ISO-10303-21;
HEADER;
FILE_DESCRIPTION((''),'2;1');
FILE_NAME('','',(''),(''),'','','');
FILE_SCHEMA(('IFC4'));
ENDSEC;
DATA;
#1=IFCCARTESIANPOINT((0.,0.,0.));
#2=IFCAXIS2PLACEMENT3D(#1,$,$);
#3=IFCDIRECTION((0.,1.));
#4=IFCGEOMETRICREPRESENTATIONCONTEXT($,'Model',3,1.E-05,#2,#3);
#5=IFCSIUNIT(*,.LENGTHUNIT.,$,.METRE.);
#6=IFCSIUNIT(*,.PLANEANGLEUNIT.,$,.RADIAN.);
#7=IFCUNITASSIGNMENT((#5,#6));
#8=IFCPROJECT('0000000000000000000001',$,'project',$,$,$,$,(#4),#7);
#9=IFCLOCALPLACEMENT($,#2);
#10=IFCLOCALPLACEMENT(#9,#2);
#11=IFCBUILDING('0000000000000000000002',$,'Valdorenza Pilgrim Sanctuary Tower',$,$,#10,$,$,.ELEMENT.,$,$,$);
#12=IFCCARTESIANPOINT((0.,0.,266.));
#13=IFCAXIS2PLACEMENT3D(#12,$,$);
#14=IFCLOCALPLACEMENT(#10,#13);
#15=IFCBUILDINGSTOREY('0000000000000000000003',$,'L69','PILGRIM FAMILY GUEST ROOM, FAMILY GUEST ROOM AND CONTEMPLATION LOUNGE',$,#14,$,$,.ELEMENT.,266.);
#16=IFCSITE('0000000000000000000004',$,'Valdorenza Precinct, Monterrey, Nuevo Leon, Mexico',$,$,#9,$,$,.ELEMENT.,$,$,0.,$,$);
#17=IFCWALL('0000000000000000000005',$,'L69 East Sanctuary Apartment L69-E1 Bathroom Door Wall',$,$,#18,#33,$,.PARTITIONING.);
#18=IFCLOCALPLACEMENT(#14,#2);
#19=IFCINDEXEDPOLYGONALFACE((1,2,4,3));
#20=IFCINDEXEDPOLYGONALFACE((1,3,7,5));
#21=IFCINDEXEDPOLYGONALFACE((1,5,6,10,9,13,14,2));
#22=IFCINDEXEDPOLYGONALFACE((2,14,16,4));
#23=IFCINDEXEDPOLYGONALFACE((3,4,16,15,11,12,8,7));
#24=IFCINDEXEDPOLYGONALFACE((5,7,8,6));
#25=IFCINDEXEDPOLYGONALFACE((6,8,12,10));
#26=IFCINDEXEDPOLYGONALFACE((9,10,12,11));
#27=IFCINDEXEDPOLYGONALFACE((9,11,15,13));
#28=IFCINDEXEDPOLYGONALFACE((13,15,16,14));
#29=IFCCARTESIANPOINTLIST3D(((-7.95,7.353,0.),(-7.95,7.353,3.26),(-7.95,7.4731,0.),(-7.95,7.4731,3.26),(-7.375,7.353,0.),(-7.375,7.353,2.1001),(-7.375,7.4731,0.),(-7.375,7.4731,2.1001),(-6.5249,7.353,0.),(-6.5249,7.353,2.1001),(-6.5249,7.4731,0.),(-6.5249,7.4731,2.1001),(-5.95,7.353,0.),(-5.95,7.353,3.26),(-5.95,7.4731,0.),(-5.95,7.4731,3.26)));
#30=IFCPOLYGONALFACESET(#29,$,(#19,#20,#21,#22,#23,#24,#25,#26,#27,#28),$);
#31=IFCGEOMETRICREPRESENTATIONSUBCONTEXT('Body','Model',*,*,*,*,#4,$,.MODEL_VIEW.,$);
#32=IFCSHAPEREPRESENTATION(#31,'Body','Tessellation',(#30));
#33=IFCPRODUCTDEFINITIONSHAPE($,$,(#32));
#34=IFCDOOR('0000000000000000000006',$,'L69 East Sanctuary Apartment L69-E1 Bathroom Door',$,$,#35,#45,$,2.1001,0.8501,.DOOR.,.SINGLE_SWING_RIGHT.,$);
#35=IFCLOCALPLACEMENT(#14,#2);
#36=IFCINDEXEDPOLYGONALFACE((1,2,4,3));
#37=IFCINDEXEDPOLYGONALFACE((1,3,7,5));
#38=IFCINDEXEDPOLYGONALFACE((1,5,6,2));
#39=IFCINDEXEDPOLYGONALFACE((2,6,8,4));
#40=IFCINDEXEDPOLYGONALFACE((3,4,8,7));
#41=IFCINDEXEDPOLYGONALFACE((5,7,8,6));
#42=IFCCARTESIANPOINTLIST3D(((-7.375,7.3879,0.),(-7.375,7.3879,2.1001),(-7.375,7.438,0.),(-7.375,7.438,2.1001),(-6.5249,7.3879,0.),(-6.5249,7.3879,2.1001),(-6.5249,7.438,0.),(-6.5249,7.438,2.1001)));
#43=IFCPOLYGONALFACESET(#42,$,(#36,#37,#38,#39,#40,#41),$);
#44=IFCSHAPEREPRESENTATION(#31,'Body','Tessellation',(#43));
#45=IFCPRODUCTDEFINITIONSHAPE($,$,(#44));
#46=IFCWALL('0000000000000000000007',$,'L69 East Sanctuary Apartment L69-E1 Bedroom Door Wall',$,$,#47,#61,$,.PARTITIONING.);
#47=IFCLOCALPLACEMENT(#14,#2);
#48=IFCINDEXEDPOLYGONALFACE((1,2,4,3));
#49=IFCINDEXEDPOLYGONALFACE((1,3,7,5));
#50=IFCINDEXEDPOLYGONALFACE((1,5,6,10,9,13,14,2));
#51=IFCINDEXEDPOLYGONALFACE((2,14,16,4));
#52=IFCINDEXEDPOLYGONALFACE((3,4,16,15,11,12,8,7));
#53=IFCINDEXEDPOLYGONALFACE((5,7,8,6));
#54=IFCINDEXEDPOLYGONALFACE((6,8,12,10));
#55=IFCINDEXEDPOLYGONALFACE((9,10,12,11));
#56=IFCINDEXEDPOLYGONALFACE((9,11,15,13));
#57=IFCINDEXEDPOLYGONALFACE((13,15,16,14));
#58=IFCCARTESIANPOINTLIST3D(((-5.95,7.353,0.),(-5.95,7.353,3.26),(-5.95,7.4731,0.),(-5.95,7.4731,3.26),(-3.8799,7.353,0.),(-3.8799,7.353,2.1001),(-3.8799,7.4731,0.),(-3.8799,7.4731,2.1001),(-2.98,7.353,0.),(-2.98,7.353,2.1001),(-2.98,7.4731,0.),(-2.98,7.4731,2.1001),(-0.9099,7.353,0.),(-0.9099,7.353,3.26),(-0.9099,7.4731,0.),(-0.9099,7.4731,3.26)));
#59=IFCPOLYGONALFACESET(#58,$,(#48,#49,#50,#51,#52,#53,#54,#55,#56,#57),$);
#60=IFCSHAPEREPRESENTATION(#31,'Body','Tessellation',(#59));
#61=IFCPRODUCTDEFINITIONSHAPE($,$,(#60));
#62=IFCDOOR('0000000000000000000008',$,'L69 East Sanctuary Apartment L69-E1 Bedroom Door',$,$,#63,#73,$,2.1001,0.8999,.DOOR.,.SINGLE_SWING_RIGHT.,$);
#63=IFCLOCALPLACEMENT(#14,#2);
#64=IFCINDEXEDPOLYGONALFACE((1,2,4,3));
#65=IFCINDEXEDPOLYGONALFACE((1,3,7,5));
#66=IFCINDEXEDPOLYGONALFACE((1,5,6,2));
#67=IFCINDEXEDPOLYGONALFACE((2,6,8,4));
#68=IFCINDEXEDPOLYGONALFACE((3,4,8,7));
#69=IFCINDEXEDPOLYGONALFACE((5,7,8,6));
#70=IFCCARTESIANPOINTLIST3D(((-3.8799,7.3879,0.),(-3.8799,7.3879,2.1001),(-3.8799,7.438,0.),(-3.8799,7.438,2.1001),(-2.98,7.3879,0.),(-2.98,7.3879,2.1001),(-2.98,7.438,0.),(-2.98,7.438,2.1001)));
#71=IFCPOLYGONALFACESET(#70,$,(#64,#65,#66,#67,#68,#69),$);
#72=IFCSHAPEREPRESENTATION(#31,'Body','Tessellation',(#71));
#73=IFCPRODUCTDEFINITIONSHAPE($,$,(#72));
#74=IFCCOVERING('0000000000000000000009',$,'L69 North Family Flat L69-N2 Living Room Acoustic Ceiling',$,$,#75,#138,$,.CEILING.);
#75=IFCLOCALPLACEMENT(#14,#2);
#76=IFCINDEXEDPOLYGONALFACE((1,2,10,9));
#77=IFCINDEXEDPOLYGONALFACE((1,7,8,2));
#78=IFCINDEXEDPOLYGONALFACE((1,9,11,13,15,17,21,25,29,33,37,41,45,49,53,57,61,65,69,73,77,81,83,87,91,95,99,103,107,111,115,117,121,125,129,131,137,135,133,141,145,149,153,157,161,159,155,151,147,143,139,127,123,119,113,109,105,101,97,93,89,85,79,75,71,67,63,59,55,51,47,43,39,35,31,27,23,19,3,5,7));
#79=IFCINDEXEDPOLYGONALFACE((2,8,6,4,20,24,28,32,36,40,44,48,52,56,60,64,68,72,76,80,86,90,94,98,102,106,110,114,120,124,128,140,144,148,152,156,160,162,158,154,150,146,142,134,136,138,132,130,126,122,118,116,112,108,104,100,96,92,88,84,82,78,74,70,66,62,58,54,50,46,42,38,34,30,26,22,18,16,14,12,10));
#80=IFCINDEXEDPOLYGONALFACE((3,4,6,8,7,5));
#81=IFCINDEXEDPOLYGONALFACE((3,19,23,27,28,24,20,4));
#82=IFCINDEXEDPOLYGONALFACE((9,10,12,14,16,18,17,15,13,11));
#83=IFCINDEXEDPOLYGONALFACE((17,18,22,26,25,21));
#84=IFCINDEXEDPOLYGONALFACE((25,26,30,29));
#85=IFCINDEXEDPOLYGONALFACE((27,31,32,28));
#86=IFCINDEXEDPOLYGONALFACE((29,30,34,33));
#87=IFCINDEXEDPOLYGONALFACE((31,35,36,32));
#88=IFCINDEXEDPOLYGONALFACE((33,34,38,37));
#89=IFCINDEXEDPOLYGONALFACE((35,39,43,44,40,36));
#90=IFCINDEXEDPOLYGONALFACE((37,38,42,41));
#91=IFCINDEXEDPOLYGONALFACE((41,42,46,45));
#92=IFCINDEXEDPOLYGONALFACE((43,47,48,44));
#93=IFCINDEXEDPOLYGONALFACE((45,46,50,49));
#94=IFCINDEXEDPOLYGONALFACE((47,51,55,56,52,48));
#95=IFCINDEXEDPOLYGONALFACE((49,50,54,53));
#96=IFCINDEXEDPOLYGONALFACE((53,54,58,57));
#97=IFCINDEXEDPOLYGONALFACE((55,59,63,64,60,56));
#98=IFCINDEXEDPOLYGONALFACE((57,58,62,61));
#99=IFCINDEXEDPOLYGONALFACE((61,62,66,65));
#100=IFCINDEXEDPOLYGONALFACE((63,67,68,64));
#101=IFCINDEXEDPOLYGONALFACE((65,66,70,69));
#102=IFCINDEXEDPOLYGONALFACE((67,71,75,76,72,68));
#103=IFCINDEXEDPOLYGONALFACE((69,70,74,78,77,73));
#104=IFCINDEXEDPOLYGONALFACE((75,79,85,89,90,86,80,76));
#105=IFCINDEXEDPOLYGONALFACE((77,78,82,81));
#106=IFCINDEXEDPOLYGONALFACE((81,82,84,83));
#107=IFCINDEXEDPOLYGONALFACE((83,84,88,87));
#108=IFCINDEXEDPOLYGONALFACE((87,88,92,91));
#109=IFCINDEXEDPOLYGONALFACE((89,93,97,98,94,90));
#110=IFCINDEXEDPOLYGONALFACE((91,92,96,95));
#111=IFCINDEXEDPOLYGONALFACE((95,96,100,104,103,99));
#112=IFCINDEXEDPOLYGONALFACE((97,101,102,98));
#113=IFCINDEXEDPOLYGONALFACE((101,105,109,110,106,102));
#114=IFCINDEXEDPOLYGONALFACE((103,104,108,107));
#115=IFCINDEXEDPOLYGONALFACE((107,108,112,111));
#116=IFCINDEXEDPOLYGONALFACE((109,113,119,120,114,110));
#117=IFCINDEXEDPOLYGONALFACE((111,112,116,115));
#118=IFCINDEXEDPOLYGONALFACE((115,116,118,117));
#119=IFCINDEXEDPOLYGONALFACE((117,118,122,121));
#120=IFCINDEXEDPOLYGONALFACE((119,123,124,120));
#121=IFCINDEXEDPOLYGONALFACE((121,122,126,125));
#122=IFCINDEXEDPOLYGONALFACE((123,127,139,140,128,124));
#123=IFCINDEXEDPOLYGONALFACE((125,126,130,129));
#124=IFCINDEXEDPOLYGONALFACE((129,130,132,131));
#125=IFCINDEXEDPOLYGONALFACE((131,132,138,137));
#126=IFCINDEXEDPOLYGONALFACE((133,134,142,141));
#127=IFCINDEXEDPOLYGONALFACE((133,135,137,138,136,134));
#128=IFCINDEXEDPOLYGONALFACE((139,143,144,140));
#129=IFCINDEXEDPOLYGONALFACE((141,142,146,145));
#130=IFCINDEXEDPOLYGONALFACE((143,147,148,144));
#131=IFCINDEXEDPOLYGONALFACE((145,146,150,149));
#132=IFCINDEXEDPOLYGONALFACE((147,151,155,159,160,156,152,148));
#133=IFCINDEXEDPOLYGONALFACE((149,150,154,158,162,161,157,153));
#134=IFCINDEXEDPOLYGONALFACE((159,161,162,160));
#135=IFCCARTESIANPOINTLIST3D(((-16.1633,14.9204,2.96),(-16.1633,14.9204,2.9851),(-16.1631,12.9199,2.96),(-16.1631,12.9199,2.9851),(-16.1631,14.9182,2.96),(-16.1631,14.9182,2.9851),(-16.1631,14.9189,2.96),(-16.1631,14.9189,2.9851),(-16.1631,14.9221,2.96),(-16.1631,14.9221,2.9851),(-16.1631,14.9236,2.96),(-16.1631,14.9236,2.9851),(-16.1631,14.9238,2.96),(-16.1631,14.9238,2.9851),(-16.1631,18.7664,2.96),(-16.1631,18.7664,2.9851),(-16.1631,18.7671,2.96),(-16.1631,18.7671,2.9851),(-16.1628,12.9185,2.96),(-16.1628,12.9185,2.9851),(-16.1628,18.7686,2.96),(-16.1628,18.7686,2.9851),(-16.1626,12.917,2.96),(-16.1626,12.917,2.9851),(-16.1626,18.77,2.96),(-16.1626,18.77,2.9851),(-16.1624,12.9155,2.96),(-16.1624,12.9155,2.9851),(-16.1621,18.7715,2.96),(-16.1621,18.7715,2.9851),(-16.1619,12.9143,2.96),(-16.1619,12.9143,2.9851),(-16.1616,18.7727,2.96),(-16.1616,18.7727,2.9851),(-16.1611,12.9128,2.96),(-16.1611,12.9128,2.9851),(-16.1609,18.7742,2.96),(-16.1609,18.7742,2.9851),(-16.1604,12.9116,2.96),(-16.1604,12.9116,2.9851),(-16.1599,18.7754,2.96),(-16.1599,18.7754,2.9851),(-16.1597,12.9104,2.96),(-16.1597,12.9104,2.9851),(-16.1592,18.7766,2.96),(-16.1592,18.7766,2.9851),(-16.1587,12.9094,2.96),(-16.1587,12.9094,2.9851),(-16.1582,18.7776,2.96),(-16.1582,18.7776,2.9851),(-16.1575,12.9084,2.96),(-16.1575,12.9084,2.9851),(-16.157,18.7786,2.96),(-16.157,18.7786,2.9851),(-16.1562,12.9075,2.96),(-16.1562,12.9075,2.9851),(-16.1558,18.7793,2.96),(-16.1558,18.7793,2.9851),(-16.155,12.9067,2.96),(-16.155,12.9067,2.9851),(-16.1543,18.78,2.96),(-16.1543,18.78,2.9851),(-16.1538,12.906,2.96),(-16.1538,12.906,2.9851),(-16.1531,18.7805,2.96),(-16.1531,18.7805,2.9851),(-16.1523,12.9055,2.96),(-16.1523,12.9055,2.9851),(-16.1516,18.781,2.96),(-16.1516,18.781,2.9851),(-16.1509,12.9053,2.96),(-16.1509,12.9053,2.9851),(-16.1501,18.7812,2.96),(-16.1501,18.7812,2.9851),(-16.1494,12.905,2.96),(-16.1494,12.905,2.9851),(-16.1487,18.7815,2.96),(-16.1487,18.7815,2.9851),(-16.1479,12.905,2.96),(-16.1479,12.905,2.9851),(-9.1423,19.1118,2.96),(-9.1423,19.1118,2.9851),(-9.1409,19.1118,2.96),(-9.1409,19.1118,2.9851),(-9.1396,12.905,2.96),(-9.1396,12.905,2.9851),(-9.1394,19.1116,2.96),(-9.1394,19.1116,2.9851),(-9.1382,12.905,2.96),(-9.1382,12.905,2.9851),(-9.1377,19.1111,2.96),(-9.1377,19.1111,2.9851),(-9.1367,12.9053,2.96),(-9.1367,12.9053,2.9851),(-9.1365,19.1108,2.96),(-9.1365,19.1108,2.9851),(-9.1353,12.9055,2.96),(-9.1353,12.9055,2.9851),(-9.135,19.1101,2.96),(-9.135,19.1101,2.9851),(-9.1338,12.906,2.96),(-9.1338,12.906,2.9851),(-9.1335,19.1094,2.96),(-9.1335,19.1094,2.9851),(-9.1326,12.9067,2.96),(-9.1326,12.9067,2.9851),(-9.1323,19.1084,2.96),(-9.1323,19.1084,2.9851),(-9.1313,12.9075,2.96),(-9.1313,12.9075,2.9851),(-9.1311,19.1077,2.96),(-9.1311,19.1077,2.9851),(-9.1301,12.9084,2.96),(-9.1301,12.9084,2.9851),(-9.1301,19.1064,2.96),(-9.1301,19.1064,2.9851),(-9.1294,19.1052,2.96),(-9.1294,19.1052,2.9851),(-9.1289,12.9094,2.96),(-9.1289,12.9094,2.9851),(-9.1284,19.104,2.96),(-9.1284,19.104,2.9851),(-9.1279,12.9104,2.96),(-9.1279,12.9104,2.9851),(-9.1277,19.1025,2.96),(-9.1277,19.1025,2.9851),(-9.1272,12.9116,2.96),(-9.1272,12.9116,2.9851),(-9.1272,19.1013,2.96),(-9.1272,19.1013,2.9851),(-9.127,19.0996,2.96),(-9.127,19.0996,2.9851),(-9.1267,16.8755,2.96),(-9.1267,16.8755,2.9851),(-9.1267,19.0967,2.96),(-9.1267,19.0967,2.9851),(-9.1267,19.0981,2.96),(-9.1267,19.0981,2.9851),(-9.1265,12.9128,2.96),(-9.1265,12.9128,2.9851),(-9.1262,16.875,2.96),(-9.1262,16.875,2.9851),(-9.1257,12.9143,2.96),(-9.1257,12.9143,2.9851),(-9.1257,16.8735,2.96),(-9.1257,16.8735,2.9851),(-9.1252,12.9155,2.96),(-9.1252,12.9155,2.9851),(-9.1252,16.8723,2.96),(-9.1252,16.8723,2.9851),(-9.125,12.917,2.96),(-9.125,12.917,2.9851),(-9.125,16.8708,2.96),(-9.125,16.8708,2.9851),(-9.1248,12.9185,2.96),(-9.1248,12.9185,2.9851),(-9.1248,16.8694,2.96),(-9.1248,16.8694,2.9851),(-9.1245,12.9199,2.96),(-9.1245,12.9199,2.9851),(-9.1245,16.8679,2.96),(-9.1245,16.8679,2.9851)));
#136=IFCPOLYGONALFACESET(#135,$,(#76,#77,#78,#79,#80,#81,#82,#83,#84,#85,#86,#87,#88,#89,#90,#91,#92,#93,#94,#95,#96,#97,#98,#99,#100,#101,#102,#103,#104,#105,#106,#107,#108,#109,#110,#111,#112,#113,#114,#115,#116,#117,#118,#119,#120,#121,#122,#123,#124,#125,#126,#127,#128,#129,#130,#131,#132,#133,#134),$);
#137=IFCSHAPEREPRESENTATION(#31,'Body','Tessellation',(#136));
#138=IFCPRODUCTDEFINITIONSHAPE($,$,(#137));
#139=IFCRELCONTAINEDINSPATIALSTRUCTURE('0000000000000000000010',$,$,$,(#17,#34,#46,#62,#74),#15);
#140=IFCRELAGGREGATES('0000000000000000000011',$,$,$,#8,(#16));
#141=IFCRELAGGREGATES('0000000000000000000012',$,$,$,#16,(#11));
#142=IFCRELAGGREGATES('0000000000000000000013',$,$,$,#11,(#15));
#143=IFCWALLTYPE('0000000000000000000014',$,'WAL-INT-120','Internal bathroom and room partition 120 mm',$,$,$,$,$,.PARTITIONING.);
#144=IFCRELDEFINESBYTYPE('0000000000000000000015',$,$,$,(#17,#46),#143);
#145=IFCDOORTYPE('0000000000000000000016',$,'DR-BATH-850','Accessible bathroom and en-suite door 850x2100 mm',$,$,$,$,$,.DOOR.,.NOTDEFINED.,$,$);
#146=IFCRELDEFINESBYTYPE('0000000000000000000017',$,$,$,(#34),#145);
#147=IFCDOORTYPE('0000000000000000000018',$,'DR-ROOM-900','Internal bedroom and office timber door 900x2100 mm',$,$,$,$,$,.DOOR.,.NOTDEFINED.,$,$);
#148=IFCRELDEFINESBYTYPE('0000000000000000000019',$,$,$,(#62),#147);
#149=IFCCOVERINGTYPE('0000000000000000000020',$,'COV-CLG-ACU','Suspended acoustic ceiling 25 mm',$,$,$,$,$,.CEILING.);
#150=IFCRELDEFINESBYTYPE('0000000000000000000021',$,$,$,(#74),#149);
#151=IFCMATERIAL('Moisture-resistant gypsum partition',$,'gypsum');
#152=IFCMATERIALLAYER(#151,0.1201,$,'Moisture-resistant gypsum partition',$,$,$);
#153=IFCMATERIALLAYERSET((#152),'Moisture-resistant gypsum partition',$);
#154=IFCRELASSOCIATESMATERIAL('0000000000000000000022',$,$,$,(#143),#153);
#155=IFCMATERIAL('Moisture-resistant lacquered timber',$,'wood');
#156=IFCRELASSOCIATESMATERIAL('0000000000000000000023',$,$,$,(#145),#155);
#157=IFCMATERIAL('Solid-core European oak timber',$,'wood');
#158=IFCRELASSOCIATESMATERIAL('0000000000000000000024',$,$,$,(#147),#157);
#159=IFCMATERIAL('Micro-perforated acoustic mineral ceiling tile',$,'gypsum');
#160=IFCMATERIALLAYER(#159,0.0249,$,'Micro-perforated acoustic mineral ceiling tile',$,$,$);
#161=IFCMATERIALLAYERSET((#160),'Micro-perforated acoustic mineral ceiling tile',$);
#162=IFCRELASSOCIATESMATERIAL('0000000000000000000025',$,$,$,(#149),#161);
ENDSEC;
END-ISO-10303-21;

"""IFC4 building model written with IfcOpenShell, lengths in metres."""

from ifc_helpers import new_model, si_unit, direction, frame, frame_2d, origin, place, context, subcontext, project, spatial, polyline, rectangle, outline, extrude, material, layer, layer_set, type_object, element, fill, save


model = new_model("IFC4")

# Units and contexts
model_context = context("Model", 3, precision=1e-05, world=origin(), true_north=direction((0.0, 1.0)))
body_context = subcontext(model_context, "Body", "Model", "MODEL_VIEW")
ifc_project = project(units=[si_unit("LENGTHUNIT", "METRE"), si_unit("PLANEANGLEUNIT", "RADIAN")], contexts=[model_context])

# Site, building, storey
site_placement = place(None, origin())
site = spatial("IfcSite", under=ifc_project, at=site_placement, Name="Valdorenza Precinct, Monterrey, Nuevo Leon, Mexico", CompositionType="ELEMENT", RefElevation=0.0)
building_placement = place(site_placement, origin())
building = spatial("IfcBuilding", under=site, at=building_placement, Name="Valdorenza Pilgrim Sanctuary Tower", CompositionType="ELEMENT")
storey_placement = place(building_placement, frame((0.0, 0.0, 266.0)))
storey = spatial("IfcBuildingStorey", under=building, at=storey_placement, Name="L69", Description="PILGRIM FAMILY GUEST ROOM, FAMILY GUEST ROOM AND CONTEMPLATION LOUNGE", CompositionType="ELEMENT", Elevation=266.0)

# Shared definitions
ifc_material_1 = material(Name="Moisture-resistant gypsum partition", Category="gypsum")
ifc_layer_1 = layer(ifc_material_1, 0.1201, Name="Moisture-resistant gypsum partition")
ifc_layer_set_1 = layer_set([ifc_layer_1], Name="Moisture-resistant gypsum partition")
wall_type_1 = type_object("IfcWallType", Name="WAL-INT-120", Description="Internal bathroom and room partition 120 mm", PredefinedType="PARTITIONING", material=ifc_layer_set_1)

# Walls, openings, doors
wall_1_placement = place(storey_placement, frame((-7.95, 7.4131, 0.0), z_axis=(0.0, 0.0, 1.0), x_axis=(1.0, 0.0, 0.0)))
wall_1 = element("IfcWall", 1, at=wall_1_placement, inside=storey, type_object=wall_type_1, Name="L69 East Sanctuary Apartment L69-E1 Bathroom Door Wall", PredefinedType="PARTITIONING", context=body_context, shape_type="SweptSolid", body=[
    extrude(rectangle(XDim=2.0, YDim=0.1201, at=frame_2d((1.0, 0.0))), origin(), (0.0, 0.0, 1.0), 3.26),
])
opening_1_placement = place(wall_1_placement, frame((0.575, 0.0, 0.0)))
opening_1 = element("IfcOpeningElement", 2, at=opening_1_placement, cuts=wall_1, PredefinedType="OPENING", context=body_context, shape_type="SweptSolid", body=[
    extrude(rectangle(XDim=0.8501, YDim=2.1001, at=frame_2d((0.425, 1.05))), frame((0.0, 0.075, 0.0), z_axis=(0.0, -1.0, 0.0), x_axis=(1.0, 0.0, 0.0)), (0.0, 0.0, 1.0), 0.1499),
])
ifc_material_2 = material(Name="Moisture-resistant lacquered timber", Category="wood")
door_type_1 = type_object("IfcDoorType", Name="DR-BATH-850", Description="Accessible bathroom and en-suite door 850x2100 mm", OperationType="NOTDEFINED", PredefinedType="DOOR", material=ifc_material_2)
door_1_placement = place(opening_1_placement, origin())
door_1 = element("IfcDoor", 3, at=door_1_placement, inside=storey, type_object=door_type_1, Name="L69 East Sanctuary Apartment L69-E1 Bathroom Door", OperationType="SINGLE_SWING_RIGHT", OverallHeight=2.1001, OverallWidth=0.8501, PredefinedType="DOOR", context=body_context, shape_type="SweptSolid", body=[
    extrude(rectangle(XDim=0.8501, YDim=2.1001, at=frame_2d((0.425, 1.05))), frame((0.0, 0.0249, 0.0), z_axis=(0.0, -1.0, 0.0), x_axis=(1.0, 0.0, 0.0)), (0.0, 0.0, 1.0), 0.05),
])
fill(opening_1, door_1)
wall_2_placement = place(storey_placement, frame((-5.95, 7.4131, 0.0), z_axis=(0.0, 0.0, 1.0), x_axis=(1.0, 0.0, 0.0)))
wall_2 = element("IfcWall", 4, at=wall_2_placement, inside=storey, type_object=wall_type_1, Name="L69 East Sanctuary Apartment L69-E1 Bedroom Door Wall", PredefinedType="PARTITIONING", context=body_context, shape_type="SweptSolid", body=[
    extrude(rectangle(XDim=5.04, YDim=0.1201, at=frame_2d((2.52, 0.0))), origin(), (0.0, 0.0, 1.0), 3.26),
])
opening_2_placement = place(wall_2_placement, frame((2.0701, 0.0, 0.0)))
opening_2 = element("IfcOpeningElement", 5, at=opening_2_placement, cuts=wall_2, PredefinedType="OPENING", context=body_context, shape_type="SweptSolid", body=[
    extrude(rectangle(XDim=0.8999, YDim=2.1001, at=frame_2d((0.45, 1.05))), frame((0.0, 0.075, 0.0), z_axis=(0.0, -1.0, 0.0), x_axis=(1.0, 0.0, 0.0)), (0.0, 0.0, 1.0), 0.1499),
])
ifc_material_3 = material(Name="Solid-core European oak timber", Category="wood")
door_type_2 = type_object("IfcDoorType", Name="DR-ROOM-900", Description="Internal bedroom and office timber door 900x2100 mm", OperationType="NOTDEFINED", PredefinedType="DOOR", material=ifc_material_3)
door_2_placement = place(opening_2_placement, origin())
door_2 = element("IfcDoor", 6, at=door_2_placement, inside=storey, type_object=door_type_2, Name="L69 East Sanctuary Apartment L69-E1 Bedroom Door", OperationType="SINGLE_SWING_RIGHT", OverallHeight=2.1001, OverallWidth=0.8999, PredefinedType="DOOR", context=body_context, shape_type="SweptSolid", body=[
    extrude(rectangle(XDim=0.8999, YDim=2.1001, at=frame_2d((0.45, 1.05))), frame((0.0, 0.0249, 0.0), z_axis=(0.0, -1.0, 0.0), x_axis=(1.0, 0.0, 0.0)), (0.0, 0.0, 1.0), 0.05),
])
fill(opening_2, door_2)

# Covering
ifc_material_4 = material(Name="Micro-perforated acoustic mineral ceiling tile", Category="gypsum")
ifc_layer_2 = layer(ifc_material_4, 0.0249, Name="Micro-perforated acoustic mineral ceiling tile")
ifc_layer_set_2 = layer_set([ifc_layer_2], Name="Micro-perforated acoustic mineral ceiling tile")
covering_type_1 = type_object("IfcCoveringType", Name="COV-CLG-ACU", Description="Suspended acoustic ceiling 25 mm", PredefinedType="CEILING", material=ifc_layer_set_2)
covering_1_placement = place(storey_placement, frame((0.0, 0.0, 2.96)))
element("IfcCovering", 7, at=covering_1_placement, inside=storey, type_object=covering_type_1, Name="L69 North Family Flat L69-N2 Living Room Acoustic Ceiling", PredefinedType="CEILING", context=body_context, shape_type="SweptSolid", body=[
    extrude(outline(polyline([(-16.1631, 14.9182), (-16.1631, 14.9189), (-16.1633, 14.9204), (-16.1631, 14.9221), (-16.1631, 14.9236), (-16.1631, 14.9238), (-16.1631, 18.7664), (-16.1631, 18.7664), (-16.1631, 18.7671), (-16.1628, 18.7686), (-16.1626, 18.77), (-16.1621, 18.7715), (-16.1616, 18.7727), (-16.1609, 18.7742), (-16.1599, 18.7754), (-16.1592, 18.7766), (-16.1582, 18.7776), (-16.157, 18.7786), (-16.1558, 18.7793), (-16.1543, 18.78), (-16.1531, 18.7805), (-16.1516, 18.781), (-16.1501, 18.7812), (-16.1487, 18.7815), (-9.1423, 19.1118), (-9.1409, 19.1118), (-9.1394, 19.1116), (-9.1377, 19.1111), (-9.1365, 19.1108), (-9.135, 19.1101), (-9.1335, 19.1094), (-9.1323, 19.1084), (-9.1311, 19.1077), (-9.1301, 19.1064), (-9.1294, 19.1052), (-9.1284, 19.104), (-9.1277, 19.1025), (-9.1272, 19.1013), (-9.127, 19.0996), (-9.1267, 19.0981), (-9.1267, 19.0967), (-9.1267, 16.8755), (-9.1262, 16.875), (-9.1257, 16.8735), (-9.1252, 16.8723), (-9.125, 16.8708), (-9.1248, 16.8694), (-9.1245, 16.8679), (-9.1245, 12.9199), (-9.1248, 12.9185), (-9.125, 12.917), (-9.1252, 12.9155), (-9.1257, 12.9143), (-9.1265, 12.9128), (-9.1272, 12.9116), (-9.1279, 12.9104), (-9.1289, 12.9094), (-9.1301, 12.9084), (-9.1313, 12.9075), (-9.1326, 12.9067), (-9.1338, 12.906), (-9.1353, 12.9055), (-9.1367, 12.9053), (-9.1382, 12.905), (-9.1396, 12.905), (-16.1479, 12.905), (-16.1494, 12.905), (-16.1509, 12.9053), (-16.1523, 12.9055), (-16.1538, 12.906), (-16.155, 12.9067), (-16.1562, 12.9075), (-16.1575, 12.9084), (-16.1587, 12.9094), (-16.1597, 12.9104), (-16.1604, 12.9116), (-16.1611, 12.9128), (-16.1619, 12.9143), (-16.1624, 12.9155), (-16.1626, 12.917), (-16.1628, 12.9185), (-16.1631, 12.9199), (-16.1631, 14.9182)])), origin(), (0.0, 0.0, 1.0), 0.0251),
])

save(model, "model.ifc")
